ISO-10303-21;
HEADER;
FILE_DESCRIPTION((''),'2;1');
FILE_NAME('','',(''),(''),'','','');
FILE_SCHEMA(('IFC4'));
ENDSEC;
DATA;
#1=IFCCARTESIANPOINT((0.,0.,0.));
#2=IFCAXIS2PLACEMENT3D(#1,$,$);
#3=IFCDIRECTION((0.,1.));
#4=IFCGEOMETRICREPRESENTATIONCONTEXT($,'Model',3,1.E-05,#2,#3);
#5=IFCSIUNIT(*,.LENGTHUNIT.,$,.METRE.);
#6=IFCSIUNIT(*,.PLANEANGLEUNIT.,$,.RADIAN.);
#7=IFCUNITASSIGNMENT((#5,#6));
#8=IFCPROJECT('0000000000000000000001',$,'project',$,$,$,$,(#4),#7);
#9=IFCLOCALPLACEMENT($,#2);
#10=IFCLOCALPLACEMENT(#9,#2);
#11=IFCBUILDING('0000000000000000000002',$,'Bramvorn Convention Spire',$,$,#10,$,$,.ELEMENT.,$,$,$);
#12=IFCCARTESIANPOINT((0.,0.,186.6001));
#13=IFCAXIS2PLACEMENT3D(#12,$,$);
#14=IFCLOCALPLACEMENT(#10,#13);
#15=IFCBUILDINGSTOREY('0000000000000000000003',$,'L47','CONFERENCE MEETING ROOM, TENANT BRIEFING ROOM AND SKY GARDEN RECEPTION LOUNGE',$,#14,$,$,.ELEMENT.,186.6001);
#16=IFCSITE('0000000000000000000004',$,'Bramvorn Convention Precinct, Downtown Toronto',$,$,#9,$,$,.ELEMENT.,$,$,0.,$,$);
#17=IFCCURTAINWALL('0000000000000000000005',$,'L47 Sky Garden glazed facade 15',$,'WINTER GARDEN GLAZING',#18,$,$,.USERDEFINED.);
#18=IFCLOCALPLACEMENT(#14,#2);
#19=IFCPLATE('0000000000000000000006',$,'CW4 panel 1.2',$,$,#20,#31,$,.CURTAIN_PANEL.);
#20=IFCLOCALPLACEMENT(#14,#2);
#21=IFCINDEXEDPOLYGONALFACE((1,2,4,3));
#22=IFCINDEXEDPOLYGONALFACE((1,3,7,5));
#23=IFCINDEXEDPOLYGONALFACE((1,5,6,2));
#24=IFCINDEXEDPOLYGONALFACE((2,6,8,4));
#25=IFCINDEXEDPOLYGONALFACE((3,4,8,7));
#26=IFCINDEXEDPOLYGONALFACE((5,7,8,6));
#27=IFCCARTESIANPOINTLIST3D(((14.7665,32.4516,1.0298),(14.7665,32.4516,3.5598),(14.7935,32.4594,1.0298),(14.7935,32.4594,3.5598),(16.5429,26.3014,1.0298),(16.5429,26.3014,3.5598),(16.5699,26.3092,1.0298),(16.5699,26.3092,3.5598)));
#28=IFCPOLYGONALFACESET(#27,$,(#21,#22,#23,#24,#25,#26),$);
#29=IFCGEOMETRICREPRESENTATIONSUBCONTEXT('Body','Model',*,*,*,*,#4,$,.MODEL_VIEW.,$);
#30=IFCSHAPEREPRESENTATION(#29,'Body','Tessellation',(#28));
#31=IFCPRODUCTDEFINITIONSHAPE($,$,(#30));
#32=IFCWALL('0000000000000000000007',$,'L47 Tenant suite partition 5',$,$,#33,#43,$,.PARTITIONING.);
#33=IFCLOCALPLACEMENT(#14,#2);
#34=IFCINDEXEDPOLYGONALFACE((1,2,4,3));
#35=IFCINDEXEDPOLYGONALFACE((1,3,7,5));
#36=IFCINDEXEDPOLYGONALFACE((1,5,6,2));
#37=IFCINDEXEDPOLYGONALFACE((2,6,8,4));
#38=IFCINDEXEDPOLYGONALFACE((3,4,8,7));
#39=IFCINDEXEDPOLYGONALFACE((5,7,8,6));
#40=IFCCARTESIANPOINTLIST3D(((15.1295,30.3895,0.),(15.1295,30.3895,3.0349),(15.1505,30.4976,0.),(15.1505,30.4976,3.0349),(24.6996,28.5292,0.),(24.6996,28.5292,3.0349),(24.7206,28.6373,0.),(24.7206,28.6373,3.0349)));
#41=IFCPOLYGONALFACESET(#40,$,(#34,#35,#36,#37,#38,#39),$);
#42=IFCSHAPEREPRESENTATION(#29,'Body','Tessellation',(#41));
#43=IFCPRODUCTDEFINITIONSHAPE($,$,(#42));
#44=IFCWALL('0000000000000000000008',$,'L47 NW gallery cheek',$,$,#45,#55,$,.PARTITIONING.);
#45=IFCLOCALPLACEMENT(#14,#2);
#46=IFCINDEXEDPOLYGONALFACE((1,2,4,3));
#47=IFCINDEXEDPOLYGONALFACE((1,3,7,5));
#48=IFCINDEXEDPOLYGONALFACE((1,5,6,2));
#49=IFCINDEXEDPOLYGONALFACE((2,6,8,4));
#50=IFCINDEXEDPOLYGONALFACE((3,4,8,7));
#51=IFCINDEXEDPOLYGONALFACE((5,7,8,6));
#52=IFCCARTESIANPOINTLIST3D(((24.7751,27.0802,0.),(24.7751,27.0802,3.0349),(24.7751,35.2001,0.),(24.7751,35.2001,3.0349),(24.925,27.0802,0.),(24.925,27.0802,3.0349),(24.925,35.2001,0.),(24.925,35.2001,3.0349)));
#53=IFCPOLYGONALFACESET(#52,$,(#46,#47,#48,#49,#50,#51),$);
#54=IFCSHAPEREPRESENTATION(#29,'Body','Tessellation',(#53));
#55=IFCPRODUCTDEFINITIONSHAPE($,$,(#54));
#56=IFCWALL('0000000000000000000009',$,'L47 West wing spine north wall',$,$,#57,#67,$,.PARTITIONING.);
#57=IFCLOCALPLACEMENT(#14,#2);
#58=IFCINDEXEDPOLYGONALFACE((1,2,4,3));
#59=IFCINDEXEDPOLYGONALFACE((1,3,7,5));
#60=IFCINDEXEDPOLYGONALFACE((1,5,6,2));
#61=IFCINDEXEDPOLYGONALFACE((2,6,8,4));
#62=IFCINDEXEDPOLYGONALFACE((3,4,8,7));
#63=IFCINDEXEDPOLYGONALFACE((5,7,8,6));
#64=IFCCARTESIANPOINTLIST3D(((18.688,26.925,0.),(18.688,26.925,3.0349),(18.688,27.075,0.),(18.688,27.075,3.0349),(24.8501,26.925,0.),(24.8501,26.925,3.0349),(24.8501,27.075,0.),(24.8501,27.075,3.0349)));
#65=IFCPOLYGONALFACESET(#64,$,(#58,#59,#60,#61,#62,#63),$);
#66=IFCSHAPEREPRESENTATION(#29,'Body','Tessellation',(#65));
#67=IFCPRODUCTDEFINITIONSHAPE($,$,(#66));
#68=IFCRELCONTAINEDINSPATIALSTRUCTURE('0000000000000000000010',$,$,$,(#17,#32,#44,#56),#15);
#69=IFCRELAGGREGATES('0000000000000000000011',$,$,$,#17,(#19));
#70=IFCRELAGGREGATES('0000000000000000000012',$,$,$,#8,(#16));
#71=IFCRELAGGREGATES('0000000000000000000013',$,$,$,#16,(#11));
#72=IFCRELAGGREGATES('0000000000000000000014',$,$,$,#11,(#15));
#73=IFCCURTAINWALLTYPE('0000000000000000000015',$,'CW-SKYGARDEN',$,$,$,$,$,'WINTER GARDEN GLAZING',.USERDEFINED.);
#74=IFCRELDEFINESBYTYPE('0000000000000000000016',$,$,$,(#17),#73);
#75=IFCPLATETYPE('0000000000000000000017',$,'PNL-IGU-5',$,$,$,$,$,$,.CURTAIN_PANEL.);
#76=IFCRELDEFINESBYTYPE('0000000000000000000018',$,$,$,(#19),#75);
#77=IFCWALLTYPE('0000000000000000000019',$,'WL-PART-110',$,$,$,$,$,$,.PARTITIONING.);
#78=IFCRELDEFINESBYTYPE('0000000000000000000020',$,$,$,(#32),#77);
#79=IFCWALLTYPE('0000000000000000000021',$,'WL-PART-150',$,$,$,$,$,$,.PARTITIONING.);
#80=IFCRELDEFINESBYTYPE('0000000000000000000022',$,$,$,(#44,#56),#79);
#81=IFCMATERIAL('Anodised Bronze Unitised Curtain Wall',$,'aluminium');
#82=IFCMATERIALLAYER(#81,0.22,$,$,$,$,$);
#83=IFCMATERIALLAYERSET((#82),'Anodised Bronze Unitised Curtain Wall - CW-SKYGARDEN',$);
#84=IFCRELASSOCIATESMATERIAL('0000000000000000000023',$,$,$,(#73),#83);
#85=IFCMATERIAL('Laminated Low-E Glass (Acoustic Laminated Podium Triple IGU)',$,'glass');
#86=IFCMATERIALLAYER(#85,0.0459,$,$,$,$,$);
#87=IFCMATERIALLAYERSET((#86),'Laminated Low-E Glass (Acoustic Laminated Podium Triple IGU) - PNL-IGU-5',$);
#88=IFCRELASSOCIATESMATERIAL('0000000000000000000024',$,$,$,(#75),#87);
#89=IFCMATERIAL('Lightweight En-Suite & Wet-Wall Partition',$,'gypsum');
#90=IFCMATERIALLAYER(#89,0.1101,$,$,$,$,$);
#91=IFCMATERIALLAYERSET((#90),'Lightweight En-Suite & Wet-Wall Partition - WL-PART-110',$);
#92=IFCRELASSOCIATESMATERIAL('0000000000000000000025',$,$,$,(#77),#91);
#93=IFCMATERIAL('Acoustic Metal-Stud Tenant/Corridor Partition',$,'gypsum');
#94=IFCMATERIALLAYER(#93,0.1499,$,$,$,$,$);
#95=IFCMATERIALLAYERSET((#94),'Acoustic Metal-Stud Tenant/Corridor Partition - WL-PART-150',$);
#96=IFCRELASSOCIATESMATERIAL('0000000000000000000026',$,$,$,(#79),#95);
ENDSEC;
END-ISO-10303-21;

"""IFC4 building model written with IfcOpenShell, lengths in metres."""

from ifc_helpers import new_model, si_unit, direction, frame, frame_2d, origin, origin_2d, place, context, subcontext, project, spatial, rectangle, extrude, material, layer, layer_set, type_object, element, aggregate, save


model = new_model("IFC4")

# Units and contexts
model_context = context("Model", 3, precision=1e-05, world=origin(), true_north=direction((0.0, 1.0)))
body_context = subcontext(model_context, "Body", "Model", "MODEL_VIEW")
ifc_project = project(units=[si_unit("LENGTHUNIT", "METRE"), si_unit("PLANEANGLEUNIT", "RADIAN")], contexts=[model_context])

# Site, building, storey
site_placement = place(None, origin())
site = spatial("IfcSite", under=ifc_project, at=site_placement, Name="Bramvorn Convention Precinct, Downtown Toronto", CompositionType="ELEMENT", RefElevation=0.0)
building_placement = place(site_placement, origin())
building = spatial("IfcBuilding", under=site, at=building_placement, Name="Bramvorn Convention Spire", CompositionType="ELEMENT")
storey_placement = place(building_placement, frame((0.0, 0.0, 186.6001)))
storey = spatial("IfcBuildingStorey", under=building, at=storey_placement, Name="L47", Description="CONFERENCE MEETING ROOM, TENANT BRIEFING ROOM AND SKY GARDEN RECEPTION LOUNGE", CompositionType="ELEMENT", Elevation=186.6001)

# Shared definitions
ifc_material_1 = material(Name="Anodised Bronze Unitised Curtain Wall", Category="aluminium")
ifc_layer_1 = layer(ifc_material_1, 0.22)
ifc_layer_set_1 = layer_set([ifc_layer_1], Name="Anodised Bronze Unitised Curtain Wall - CW-SKYGARDEN")
curtain_wall_type = type_object("IfcCurtainWallType", Name="CW-SKYGARDEN", ElementType="WINTER GARDEN GLAZING", PredefinedType="USERDEFINED", material=ifc_layer_set_1)

# Curtain wall
curtain_wall_1_placement = place(storey_placement, origin())
curtain_wall_1 = element("IfcCurtainWall", 1, at=curtain_wall_1_placement, inside=storey, type_object=curtain_wall_type, Name="L47 Sky Garden glazed facade 15", ObjectType="WINTER GARDEN GLAZING", PredefinedType="USERDEFINED")

# Plate
ifc_material_2 = material(Name="Laminated Low-E Glass (Acoustic Laminated Podium Triple IGU)", Category="glass")
ifc_layer_2 = layer(ifc_material_2, 0.0459)
ifc_layer_set_2 = layer_set([ifc_layer_2], Name="Laminated Low-E Glass (Acoustic Laminated Podium Triple IGU) - PNL-IGU-5")
plate_type = type_object("IfcPlateType", Name="PNL-IGU-5", PredefinedType="CURTAIN_PANEL", material=ifc_layer_set_2)
plate_1_placement = place(storey_placement, frame((15.6682, 29.3804, 1.0298), z_axis=(0.0, 0.0, 1.0), x_axis=(-0.277497, 0.960727, 0.0)))
plate_1 = element("IfcPlate", 2, at=plate_1_placement, type_object=plate_type, Name="CW4 panel 1.2", PredefinedType="CURTAIN_PANEL", context=body_context, shape_type="SweptSolid", body=[
    extrude(rectangle(XDim=6.4016, YDim=0.0281, at=origin_2d()), origin(), (0.0, 0.0, 1.0), 2.53),
])
aggregate(curtain_wall_1, [plate_1])

# Walls
ifc_material_3 = material(Name="Lightweight En-Suite & Wet-Wall Partition", Category="gypsum")
ifc_layer_3 = layer(ifc_material_3, 0.1101)
ifc_layer_set_3 = layer_set([ifc_layer_3], Name="Lightweight En-Suite & Wet-Wall Partition - WL-PART-110")
wall_type_1 = type_object("IfcWallType", Name="WL-PART-110", PredefinedType="PARTITIONING", material=ifc_layer_set_3)
wall_1_placement = place(storey_placement, frame((24.71, 28.5833, 0.0), z_axis=(0.0, 0.0, 1.0), x_axis=(-0.981625, 0.190821, 0.0)))
element("IfcWall", 3, at=wall_1_placement, inside=storey, type_object=wall_type_1, Name="L47 Tenant suite partition 5", PredefinedType="PARTITIONING", context=body_context, shape_type="SweptSolid", body=[
    extrude(rectangle(XDim=9.7493, YDim=0.1101, at=frame_2d((4.8745, 0.0))), origin(), (0.0, 0.0, 1.0), 3.0349),
])
ifc_material_4 = material(Name="Acoustic Metal-Stud Tenant/Corridor Partition", Category="gypsum")
ifc_layer_4 = layer(ifc_material_4, 0.1499)
ifc_layer_set_4 = layer_set([ifc_layer_4], Name="Acoustic Metal-Stud Tenant/Corridor Partition - WL-PART-150")
wall_type_2 = type_object("IfcWallType", Name="WL-PART-150", PredefinedType="PARTITIONING", material=ifc_layer_set_4)
wall_2_placement = place(storey_placement, frame((24.8501, 27.0801, 0.0), z_axis=(0.0, 0.0, 1.0), x_axis=(0.0, 1.0, 0.0)))
element("IfcWall", 4, at=wall_2_placement, inside=storey, type_object=wall_type_2, Name="L47 NW gallery cheek", PredefinedType="PARTITIONING", context=body_context, shape_type="SweptSolid", body=[
    extrude(rectangle(XDim=8.1199, YDim=0.1499, at=frame_2d((4.0601, 0.0))), origin(), (0.0, 0.0, 1.0), 3.0349),
])
wall_3_placement = place(storey_placement, frame((18.688, 27.0, 0.0), z_axis=(0.0, 0.0, 1.0), x_axis=(1.0, 0.0, 0.0)))
element("IfcWall", 5, at=wall_3_placement, inside=storey, type_object=wall_type_2, Name="L47 West wing spine north wall", PredefinedType="PARTITIONING", context=body_context, shape_type="SweptSolid", body=[
    extrude(rectangle(XDim=6.1621, YDim=0.1499, at=frame_2d((3.0811, 0.0))), origin(), (0.0, 0.0, 1.0), 3.0349),
])

save(model, "model.ifc")
